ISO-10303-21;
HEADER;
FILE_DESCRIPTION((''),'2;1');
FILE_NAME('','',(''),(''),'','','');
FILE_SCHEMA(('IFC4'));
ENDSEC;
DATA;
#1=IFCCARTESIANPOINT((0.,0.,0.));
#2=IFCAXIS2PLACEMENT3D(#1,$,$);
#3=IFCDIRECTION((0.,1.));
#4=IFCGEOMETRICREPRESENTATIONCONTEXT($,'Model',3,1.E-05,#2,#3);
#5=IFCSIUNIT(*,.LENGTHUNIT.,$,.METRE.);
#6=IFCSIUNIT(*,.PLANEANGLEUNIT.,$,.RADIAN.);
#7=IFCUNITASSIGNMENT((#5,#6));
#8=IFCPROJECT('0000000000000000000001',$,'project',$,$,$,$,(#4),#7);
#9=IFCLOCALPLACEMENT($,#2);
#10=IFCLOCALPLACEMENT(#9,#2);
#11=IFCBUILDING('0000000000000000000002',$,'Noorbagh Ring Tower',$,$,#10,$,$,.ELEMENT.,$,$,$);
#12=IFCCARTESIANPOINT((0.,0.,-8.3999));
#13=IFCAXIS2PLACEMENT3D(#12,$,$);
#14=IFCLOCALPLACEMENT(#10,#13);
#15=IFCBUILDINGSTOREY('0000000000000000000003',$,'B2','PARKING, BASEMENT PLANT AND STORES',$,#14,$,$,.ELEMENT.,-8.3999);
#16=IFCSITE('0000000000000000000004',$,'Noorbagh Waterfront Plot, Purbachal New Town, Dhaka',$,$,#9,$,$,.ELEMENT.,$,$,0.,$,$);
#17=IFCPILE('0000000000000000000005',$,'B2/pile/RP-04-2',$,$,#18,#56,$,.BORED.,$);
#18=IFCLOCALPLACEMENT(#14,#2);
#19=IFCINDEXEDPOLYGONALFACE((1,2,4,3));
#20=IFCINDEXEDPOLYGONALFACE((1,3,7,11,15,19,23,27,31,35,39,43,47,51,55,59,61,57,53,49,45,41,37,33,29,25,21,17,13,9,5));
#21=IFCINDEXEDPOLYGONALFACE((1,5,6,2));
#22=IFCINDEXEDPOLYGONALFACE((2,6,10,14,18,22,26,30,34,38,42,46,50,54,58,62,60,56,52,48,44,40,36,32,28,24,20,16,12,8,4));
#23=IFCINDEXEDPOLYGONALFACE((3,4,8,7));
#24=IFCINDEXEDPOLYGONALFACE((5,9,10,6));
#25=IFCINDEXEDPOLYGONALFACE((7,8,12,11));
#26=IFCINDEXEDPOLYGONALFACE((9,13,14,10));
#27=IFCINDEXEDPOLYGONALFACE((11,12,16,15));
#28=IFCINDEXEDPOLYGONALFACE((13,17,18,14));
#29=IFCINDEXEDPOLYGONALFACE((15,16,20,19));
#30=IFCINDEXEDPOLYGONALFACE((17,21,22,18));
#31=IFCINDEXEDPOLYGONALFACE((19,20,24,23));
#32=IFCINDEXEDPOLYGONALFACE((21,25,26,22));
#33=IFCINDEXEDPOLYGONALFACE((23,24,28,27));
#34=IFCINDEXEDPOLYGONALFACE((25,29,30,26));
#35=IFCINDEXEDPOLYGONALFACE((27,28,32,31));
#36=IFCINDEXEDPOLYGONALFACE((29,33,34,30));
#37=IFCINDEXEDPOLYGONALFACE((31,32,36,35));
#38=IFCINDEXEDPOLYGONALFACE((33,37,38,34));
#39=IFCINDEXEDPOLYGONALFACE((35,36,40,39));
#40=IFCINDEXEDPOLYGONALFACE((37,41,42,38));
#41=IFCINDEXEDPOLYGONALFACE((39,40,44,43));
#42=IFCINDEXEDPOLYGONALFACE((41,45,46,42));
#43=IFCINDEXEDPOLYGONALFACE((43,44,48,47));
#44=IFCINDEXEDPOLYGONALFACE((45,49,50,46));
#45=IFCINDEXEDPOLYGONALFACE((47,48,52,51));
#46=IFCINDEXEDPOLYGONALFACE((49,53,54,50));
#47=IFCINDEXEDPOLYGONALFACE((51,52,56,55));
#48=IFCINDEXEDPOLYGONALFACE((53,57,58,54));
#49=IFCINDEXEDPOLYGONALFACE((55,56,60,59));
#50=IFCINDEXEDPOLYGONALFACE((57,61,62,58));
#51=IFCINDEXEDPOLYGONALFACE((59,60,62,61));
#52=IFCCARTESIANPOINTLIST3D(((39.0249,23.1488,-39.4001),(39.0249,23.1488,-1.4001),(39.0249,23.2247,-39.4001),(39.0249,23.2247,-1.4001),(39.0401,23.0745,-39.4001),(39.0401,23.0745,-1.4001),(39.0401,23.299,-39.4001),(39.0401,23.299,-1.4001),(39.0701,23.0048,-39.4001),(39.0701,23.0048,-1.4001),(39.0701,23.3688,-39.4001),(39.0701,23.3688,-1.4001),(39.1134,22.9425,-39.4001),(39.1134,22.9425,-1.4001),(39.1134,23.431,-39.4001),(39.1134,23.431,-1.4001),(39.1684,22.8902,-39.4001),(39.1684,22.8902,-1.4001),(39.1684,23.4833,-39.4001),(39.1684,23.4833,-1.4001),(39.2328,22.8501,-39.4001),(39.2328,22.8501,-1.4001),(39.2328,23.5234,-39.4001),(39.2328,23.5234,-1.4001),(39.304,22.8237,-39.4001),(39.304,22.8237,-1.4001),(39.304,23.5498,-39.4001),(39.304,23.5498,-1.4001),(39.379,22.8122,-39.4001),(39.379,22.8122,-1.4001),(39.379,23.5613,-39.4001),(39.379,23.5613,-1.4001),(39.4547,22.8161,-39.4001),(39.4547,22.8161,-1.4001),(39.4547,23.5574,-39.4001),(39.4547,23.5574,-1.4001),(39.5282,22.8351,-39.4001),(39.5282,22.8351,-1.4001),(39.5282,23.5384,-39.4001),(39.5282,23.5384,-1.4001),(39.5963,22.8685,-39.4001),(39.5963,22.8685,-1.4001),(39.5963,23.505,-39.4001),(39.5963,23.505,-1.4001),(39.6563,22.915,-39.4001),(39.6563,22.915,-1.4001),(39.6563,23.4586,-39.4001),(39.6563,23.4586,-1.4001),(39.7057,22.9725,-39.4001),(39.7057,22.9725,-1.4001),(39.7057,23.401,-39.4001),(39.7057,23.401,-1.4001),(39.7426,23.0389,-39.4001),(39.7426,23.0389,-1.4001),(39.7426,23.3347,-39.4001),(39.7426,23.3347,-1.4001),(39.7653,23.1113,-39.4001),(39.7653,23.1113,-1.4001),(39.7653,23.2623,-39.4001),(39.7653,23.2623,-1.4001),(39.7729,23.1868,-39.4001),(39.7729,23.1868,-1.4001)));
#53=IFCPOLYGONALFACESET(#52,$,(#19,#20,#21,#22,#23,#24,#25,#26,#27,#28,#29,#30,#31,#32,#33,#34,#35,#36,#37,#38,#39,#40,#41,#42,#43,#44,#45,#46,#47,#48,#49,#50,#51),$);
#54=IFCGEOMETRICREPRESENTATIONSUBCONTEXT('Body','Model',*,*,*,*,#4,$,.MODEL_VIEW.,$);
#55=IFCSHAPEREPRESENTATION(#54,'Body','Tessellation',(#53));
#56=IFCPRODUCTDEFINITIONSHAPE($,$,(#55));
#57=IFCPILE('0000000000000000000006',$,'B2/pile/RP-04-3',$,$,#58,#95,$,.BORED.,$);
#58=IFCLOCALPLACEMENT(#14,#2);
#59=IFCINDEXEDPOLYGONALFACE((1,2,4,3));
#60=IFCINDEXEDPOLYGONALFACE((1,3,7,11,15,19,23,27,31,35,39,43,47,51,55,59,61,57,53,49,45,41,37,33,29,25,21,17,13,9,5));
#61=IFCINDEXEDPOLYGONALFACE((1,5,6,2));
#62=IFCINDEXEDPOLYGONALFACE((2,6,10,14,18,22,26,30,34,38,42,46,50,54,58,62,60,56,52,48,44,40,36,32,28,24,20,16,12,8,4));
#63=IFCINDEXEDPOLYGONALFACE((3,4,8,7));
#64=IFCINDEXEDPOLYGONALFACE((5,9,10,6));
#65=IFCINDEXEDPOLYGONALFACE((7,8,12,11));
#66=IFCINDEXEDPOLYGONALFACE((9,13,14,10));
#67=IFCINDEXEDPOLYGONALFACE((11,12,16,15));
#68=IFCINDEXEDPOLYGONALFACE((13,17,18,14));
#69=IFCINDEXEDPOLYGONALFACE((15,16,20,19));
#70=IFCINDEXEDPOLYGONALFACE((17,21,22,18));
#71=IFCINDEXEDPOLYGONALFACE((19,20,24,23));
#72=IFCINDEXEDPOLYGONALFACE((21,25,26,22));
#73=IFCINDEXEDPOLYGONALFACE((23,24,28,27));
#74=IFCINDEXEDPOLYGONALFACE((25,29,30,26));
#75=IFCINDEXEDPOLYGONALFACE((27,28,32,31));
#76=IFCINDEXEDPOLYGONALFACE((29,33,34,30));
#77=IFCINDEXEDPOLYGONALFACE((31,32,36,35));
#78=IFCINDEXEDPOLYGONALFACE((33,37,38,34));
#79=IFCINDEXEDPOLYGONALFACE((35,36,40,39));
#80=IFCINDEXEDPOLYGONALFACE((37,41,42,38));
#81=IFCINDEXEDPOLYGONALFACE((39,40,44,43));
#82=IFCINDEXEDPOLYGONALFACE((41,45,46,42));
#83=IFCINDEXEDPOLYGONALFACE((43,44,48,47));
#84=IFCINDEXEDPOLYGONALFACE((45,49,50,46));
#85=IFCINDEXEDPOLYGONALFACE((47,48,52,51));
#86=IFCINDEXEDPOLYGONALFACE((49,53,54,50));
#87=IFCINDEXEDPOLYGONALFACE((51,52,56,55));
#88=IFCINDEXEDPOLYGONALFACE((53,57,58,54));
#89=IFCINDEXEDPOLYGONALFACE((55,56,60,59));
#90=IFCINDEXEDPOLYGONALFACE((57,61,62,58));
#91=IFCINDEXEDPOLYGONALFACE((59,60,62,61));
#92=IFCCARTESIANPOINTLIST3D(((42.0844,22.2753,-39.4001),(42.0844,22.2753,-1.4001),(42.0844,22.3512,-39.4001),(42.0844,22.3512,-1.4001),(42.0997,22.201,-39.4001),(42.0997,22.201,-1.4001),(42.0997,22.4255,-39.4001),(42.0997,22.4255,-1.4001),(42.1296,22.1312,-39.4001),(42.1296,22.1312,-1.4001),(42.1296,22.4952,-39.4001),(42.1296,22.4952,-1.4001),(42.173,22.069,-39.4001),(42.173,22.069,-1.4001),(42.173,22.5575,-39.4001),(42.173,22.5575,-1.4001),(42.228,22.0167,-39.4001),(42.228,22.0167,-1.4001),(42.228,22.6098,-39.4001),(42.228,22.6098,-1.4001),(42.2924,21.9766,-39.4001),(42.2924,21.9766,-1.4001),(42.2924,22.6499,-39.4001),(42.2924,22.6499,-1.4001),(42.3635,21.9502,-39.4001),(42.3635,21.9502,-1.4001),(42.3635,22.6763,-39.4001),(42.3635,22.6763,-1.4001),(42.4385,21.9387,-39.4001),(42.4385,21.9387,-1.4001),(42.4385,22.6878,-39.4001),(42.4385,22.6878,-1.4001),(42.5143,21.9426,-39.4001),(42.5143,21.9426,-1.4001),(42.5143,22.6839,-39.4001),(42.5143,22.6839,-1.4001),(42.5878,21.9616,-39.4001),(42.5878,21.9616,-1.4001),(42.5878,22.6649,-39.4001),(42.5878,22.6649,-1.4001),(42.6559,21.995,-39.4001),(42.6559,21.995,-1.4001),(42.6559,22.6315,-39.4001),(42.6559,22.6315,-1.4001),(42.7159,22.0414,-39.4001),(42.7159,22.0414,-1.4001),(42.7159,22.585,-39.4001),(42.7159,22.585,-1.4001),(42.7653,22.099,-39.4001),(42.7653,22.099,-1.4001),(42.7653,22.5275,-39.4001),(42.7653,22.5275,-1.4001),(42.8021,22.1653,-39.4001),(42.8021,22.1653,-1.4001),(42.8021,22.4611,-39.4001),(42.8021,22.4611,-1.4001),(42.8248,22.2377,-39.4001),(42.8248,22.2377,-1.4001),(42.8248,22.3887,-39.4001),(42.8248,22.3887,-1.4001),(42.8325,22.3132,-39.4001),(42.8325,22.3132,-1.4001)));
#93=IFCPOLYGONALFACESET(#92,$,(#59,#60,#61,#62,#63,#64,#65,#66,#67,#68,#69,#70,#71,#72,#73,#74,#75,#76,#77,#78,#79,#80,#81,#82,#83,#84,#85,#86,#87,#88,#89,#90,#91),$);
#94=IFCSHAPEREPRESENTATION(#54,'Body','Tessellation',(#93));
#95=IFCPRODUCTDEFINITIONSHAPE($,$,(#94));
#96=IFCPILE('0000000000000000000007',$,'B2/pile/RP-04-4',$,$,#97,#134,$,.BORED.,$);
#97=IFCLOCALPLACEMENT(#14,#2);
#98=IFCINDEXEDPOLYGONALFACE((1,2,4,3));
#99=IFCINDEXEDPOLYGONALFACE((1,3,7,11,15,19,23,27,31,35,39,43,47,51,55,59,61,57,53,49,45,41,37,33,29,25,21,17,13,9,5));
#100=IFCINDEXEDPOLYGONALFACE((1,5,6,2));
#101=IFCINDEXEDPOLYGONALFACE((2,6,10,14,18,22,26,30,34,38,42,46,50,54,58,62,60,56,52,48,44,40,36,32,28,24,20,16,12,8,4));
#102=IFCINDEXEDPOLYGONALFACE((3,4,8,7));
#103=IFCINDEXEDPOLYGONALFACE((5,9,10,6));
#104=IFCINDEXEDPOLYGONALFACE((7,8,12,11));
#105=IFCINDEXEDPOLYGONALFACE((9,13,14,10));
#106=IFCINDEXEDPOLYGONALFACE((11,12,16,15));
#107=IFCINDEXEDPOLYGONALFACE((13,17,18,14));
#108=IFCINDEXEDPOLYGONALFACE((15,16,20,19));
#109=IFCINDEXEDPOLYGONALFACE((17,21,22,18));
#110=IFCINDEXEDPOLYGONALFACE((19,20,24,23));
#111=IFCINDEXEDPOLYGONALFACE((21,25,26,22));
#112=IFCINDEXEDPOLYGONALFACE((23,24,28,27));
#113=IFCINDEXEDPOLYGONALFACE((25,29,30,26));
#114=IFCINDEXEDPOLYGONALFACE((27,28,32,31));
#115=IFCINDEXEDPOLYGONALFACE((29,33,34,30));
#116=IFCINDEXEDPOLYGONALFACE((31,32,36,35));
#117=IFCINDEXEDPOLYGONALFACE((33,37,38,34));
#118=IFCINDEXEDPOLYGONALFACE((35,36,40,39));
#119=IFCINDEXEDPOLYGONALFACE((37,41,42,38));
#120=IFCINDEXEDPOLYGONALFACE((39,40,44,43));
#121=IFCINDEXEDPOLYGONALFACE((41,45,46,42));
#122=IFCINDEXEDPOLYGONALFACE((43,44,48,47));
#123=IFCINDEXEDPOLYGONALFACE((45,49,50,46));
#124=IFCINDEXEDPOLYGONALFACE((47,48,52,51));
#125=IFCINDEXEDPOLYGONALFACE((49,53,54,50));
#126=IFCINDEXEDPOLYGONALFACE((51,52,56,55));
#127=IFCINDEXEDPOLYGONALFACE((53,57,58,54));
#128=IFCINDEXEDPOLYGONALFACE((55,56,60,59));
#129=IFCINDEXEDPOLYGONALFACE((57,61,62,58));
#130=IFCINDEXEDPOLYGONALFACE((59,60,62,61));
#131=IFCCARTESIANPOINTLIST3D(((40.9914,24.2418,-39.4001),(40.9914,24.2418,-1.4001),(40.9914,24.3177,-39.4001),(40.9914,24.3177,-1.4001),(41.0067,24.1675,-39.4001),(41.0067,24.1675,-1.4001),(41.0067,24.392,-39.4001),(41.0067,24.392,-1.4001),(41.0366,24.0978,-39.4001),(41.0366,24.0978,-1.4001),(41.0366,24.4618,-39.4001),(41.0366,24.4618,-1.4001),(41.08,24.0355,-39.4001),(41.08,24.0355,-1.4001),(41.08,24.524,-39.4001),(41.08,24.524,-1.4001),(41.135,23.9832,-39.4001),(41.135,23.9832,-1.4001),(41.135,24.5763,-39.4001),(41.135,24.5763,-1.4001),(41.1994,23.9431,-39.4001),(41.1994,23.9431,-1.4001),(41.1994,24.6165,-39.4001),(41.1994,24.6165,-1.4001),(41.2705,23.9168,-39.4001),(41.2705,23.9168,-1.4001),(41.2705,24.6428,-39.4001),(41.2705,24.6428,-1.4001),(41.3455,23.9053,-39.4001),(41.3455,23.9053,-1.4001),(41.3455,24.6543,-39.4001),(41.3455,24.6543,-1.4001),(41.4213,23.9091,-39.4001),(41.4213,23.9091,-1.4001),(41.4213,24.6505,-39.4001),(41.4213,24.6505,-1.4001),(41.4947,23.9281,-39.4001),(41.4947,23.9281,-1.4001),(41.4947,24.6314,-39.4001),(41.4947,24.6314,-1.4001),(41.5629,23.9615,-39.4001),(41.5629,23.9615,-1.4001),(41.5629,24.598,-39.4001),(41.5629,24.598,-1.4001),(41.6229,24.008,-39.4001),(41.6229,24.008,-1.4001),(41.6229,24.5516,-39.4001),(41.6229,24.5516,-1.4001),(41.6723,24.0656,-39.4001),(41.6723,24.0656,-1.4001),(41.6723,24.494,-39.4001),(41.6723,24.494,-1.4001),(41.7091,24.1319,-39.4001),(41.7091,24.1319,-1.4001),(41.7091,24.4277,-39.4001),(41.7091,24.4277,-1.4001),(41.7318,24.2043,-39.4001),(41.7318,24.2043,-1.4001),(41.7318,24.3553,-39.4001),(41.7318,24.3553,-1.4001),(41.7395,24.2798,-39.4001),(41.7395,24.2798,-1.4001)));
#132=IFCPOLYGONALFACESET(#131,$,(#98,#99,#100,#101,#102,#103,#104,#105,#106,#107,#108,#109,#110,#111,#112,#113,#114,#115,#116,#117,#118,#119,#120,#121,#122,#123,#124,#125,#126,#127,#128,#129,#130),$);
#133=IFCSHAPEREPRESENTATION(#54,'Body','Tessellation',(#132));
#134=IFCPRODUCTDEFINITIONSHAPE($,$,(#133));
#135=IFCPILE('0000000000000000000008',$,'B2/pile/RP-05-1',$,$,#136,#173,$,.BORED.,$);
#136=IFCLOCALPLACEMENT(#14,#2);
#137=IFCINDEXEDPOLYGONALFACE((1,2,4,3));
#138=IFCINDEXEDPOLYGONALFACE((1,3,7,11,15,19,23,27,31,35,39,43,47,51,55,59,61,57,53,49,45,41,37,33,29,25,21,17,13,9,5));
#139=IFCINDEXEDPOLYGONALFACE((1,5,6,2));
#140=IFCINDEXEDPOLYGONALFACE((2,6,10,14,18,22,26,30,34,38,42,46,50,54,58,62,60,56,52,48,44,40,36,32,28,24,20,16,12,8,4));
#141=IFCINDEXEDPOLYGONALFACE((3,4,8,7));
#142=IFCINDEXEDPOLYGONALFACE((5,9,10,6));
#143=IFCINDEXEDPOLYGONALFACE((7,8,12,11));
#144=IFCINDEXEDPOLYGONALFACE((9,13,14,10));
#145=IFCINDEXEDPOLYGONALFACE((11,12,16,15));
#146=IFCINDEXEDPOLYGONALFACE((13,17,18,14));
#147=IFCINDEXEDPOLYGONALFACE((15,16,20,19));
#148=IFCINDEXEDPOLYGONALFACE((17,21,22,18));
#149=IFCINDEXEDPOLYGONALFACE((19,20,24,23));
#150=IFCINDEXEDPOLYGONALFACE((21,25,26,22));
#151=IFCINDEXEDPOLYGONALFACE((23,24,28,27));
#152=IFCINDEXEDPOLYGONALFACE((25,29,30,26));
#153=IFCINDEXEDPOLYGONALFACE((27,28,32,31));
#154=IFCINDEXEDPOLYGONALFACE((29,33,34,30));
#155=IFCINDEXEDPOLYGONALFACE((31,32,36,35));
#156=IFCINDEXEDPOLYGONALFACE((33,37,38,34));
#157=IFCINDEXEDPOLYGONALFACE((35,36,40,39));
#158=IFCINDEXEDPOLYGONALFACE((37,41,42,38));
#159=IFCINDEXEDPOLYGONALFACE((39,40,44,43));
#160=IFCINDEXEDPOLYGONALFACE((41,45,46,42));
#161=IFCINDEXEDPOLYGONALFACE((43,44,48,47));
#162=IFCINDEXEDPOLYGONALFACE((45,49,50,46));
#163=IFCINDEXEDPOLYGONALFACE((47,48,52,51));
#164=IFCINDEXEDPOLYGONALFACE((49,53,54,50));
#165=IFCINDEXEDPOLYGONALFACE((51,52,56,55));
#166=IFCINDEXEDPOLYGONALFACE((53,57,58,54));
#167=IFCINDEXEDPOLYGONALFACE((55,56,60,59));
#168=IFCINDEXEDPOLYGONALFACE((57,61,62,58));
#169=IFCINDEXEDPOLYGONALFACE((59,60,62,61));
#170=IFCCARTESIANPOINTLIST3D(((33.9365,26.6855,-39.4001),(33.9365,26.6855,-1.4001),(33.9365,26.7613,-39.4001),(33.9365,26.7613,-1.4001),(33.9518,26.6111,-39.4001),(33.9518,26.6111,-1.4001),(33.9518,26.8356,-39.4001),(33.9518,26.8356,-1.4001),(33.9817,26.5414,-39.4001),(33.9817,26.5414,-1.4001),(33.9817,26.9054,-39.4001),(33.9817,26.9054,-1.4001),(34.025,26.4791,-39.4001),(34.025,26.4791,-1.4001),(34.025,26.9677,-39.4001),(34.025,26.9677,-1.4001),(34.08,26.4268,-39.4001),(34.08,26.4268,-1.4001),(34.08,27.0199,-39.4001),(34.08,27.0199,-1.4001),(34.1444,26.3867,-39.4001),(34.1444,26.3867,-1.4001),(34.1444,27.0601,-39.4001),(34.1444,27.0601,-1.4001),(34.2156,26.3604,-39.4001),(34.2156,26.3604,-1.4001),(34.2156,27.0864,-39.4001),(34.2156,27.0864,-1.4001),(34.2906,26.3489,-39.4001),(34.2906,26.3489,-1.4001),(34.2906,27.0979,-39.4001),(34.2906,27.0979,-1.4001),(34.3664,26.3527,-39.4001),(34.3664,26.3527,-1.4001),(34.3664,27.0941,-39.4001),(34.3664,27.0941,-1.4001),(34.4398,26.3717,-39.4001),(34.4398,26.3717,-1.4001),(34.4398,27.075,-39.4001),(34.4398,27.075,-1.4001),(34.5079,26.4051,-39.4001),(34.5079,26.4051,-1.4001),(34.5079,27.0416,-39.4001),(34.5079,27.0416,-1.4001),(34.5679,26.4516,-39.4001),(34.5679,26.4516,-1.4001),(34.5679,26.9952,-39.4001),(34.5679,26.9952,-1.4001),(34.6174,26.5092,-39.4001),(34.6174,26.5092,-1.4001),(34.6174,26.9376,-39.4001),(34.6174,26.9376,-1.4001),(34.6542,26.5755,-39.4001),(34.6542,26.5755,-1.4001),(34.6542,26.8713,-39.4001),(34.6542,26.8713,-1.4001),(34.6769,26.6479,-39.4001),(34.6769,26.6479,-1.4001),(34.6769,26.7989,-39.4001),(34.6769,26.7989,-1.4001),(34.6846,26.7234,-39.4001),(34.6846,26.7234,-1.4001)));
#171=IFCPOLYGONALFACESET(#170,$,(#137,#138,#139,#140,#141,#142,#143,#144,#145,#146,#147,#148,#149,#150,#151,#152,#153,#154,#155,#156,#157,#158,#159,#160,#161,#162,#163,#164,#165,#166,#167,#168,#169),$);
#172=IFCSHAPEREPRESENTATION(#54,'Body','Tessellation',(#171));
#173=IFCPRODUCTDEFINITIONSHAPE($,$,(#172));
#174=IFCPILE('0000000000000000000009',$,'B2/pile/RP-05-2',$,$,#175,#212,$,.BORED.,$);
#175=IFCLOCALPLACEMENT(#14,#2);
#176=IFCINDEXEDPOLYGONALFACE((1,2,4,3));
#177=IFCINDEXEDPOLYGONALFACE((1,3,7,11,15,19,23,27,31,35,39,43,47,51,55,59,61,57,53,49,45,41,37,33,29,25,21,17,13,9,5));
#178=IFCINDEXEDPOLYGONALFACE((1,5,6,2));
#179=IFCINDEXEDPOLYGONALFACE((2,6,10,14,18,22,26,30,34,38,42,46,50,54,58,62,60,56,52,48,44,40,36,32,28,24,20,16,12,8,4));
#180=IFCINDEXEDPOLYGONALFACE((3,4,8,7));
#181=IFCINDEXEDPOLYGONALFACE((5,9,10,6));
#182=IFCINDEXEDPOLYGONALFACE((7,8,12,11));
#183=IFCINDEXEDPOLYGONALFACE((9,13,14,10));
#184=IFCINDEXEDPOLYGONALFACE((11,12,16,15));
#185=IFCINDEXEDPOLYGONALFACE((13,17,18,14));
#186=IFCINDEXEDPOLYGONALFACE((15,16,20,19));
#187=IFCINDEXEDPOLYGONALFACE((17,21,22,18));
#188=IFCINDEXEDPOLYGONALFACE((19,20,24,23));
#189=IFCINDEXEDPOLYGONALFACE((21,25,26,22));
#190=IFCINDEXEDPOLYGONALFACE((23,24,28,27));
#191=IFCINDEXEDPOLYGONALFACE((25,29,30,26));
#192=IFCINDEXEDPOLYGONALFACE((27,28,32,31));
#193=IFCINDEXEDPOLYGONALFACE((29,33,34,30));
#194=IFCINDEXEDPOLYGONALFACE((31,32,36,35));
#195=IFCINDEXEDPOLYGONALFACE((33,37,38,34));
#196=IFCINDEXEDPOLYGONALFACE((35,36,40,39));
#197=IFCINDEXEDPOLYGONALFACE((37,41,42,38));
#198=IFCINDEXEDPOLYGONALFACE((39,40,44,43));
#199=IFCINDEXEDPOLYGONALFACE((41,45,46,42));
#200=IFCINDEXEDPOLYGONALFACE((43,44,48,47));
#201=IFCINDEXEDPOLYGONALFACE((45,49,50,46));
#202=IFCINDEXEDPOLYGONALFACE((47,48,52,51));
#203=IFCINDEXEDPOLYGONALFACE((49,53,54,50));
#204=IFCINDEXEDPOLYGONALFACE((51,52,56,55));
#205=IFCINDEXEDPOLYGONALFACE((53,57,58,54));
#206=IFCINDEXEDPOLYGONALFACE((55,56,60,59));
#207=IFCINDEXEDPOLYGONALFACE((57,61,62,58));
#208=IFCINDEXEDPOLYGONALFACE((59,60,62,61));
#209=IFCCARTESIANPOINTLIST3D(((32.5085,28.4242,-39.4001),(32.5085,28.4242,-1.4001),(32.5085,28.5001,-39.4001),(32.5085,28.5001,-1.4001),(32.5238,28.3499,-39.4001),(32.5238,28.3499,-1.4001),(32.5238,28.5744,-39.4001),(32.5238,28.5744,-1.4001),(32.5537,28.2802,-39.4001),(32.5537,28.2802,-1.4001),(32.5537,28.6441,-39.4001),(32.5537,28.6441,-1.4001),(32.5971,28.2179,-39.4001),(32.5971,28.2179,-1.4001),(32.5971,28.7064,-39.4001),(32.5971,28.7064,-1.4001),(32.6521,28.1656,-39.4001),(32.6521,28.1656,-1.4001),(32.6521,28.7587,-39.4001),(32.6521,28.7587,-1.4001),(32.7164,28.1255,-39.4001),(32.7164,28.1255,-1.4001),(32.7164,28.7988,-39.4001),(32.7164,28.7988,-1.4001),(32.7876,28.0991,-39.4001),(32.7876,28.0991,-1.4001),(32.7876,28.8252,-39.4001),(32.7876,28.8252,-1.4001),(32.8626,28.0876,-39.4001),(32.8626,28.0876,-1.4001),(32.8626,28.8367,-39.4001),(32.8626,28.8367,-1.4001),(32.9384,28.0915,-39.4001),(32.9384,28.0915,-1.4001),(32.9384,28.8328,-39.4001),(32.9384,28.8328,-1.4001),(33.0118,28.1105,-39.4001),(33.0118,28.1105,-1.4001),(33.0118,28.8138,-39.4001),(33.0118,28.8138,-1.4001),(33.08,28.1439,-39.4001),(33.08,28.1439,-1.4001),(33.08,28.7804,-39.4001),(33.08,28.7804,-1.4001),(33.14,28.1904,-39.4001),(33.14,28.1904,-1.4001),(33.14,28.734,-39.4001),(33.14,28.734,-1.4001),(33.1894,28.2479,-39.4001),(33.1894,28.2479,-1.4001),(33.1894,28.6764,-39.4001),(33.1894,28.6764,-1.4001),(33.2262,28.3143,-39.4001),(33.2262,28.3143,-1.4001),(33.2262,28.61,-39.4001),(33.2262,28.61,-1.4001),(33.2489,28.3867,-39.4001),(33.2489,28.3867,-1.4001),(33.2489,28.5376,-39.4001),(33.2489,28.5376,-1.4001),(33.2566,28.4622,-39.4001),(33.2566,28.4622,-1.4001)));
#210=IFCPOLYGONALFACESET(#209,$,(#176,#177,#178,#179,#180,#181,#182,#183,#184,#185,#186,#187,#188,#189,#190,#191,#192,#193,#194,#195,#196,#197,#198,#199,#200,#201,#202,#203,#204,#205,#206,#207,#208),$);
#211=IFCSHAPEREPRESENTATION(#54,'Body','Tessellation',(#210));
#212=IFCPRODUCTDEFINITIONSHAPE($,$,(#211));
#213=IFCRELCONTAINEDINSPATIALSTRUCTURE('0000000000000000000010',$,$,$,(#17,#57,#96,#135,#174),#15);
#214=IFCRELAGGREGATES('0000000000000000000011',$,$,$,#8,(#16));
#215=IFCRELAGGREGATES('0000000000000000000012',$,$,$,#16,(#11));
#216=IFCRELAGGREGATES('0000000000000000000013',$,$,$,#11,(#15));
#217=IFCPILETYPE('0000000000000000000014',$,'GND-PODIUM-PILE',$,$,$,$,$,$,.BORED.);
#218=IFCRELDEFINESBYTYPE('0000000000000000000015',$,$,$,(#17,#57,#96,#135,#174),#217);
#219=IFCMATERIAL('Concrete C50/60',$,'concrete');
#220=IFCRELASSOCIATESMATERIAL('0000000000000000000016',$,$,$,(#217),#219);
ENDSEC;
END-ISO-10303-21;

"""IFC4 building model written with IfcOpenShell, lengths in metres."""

from ifc_helpers import new_model, si_unit, direction, frame, origin, origin_2d, place, context, subcontext, project, spatial, circle, extrude, material, material_profile, profile_set, type_object, element, save


model = new_model("IFC4")

# Units and contexts
model_context = context("Model", 3, precision=1e-05, world=origin(), true_north=direction((0.0, 1.0)))
body_context = subcontext(model_context, "Body", "Model", "MODEL_VIEW")
ifc_project = project(units=[si_unit("LENGTHUNIT", "METRE"), si_unit("PLANEANGLEUNIT", "RADIAN")], contexts=[model_context])

# Site, building, storey
site_placement = place(None, origin())
site = spatial("IfcSite", under=ifc_project, at=site_placement, Name="Noorbagh Waterfront Plot, Purbachal New Town, Dhaka", CompositionType="ELEMENT", RefElevation=0.0)
building_placement = place(site_placement, origin())
building = spatial("IfcBuilding", under=site, at=building_placement, Name="Noorbagh Ring Tower", CompositionType="ELEMENT")
storey_placement = place(building_placement, frame((0.0, 0.0, -8.3999)))
storey = spatial("IfcBuildingStorey", under=building, at=storey_placement, Name="B2", Description="PARKING, BASEMENT PLANT AND STORES", CompositionType="ELEMENT", Elevation=-8.3999)

# Piles
ifc_material_1 = material(Name="Concrete C50/60", Category="concrete")
ifc_material_profile_1 = material_profile(ifc_material_1, circle(Radius=0.375, at=origin_2d()), Name="PILE750")
ifc_profile_set_1 = profile_set([ifc_material_profile_1], Name="Concrete C50/60")
pile_type_1 = type_object("IfcPileType", Name="GND-PODIUM-PILE", PredefinedType="BORED", material=ifc_profile_set_1)
for number, where, z_axis, x_axis, name in (
    (1, (39.3979, 23.1868, -1.4001), (0.0, 0.0, -1.0), (1.0, 0.0, 0.0), "B2/pile/RP-04-2"),
    (2, (42.4575, 22.3132, -1.4001), (0.0, 0.0, -1.0), (1.0, 0.0, 0.0), "B2/pile/RP-04-3"),
    (3, (41.3645, 24.2798, -1.4001), (0.0, 0.0, -1.0), (1.0, 0.0, 0.0), "B2/pile/RP-04-4"),
    (4, (34.3096, 26.7234, -1.4001), (0.0, 0.0, -1.0), (1.0, 0.0, 0.0), "B2/pile/RP-05-1"),
    (5, (32.8816, 28.4622, -1.4001), (0.0, 0.0, -1.0), (1.0, 0.0, 0.0), "B2/pile/RP-05-2"),
):
    element("IfcPile", number, at=place(storey_placement, frame(where, z_axis=z_axis, x_axis=x_axis)), inside=storey, type_object=pile_type_1, Name=name, PredefinedType="BORED", context=body_context, shape_type="SweptSolid", body=[
        extrude(circle(Radius=0.375, at=origin_2d()), origin(), (0.0, 0.0, 1.0), 38.0),
    ])

save(model, "model.ifc")
